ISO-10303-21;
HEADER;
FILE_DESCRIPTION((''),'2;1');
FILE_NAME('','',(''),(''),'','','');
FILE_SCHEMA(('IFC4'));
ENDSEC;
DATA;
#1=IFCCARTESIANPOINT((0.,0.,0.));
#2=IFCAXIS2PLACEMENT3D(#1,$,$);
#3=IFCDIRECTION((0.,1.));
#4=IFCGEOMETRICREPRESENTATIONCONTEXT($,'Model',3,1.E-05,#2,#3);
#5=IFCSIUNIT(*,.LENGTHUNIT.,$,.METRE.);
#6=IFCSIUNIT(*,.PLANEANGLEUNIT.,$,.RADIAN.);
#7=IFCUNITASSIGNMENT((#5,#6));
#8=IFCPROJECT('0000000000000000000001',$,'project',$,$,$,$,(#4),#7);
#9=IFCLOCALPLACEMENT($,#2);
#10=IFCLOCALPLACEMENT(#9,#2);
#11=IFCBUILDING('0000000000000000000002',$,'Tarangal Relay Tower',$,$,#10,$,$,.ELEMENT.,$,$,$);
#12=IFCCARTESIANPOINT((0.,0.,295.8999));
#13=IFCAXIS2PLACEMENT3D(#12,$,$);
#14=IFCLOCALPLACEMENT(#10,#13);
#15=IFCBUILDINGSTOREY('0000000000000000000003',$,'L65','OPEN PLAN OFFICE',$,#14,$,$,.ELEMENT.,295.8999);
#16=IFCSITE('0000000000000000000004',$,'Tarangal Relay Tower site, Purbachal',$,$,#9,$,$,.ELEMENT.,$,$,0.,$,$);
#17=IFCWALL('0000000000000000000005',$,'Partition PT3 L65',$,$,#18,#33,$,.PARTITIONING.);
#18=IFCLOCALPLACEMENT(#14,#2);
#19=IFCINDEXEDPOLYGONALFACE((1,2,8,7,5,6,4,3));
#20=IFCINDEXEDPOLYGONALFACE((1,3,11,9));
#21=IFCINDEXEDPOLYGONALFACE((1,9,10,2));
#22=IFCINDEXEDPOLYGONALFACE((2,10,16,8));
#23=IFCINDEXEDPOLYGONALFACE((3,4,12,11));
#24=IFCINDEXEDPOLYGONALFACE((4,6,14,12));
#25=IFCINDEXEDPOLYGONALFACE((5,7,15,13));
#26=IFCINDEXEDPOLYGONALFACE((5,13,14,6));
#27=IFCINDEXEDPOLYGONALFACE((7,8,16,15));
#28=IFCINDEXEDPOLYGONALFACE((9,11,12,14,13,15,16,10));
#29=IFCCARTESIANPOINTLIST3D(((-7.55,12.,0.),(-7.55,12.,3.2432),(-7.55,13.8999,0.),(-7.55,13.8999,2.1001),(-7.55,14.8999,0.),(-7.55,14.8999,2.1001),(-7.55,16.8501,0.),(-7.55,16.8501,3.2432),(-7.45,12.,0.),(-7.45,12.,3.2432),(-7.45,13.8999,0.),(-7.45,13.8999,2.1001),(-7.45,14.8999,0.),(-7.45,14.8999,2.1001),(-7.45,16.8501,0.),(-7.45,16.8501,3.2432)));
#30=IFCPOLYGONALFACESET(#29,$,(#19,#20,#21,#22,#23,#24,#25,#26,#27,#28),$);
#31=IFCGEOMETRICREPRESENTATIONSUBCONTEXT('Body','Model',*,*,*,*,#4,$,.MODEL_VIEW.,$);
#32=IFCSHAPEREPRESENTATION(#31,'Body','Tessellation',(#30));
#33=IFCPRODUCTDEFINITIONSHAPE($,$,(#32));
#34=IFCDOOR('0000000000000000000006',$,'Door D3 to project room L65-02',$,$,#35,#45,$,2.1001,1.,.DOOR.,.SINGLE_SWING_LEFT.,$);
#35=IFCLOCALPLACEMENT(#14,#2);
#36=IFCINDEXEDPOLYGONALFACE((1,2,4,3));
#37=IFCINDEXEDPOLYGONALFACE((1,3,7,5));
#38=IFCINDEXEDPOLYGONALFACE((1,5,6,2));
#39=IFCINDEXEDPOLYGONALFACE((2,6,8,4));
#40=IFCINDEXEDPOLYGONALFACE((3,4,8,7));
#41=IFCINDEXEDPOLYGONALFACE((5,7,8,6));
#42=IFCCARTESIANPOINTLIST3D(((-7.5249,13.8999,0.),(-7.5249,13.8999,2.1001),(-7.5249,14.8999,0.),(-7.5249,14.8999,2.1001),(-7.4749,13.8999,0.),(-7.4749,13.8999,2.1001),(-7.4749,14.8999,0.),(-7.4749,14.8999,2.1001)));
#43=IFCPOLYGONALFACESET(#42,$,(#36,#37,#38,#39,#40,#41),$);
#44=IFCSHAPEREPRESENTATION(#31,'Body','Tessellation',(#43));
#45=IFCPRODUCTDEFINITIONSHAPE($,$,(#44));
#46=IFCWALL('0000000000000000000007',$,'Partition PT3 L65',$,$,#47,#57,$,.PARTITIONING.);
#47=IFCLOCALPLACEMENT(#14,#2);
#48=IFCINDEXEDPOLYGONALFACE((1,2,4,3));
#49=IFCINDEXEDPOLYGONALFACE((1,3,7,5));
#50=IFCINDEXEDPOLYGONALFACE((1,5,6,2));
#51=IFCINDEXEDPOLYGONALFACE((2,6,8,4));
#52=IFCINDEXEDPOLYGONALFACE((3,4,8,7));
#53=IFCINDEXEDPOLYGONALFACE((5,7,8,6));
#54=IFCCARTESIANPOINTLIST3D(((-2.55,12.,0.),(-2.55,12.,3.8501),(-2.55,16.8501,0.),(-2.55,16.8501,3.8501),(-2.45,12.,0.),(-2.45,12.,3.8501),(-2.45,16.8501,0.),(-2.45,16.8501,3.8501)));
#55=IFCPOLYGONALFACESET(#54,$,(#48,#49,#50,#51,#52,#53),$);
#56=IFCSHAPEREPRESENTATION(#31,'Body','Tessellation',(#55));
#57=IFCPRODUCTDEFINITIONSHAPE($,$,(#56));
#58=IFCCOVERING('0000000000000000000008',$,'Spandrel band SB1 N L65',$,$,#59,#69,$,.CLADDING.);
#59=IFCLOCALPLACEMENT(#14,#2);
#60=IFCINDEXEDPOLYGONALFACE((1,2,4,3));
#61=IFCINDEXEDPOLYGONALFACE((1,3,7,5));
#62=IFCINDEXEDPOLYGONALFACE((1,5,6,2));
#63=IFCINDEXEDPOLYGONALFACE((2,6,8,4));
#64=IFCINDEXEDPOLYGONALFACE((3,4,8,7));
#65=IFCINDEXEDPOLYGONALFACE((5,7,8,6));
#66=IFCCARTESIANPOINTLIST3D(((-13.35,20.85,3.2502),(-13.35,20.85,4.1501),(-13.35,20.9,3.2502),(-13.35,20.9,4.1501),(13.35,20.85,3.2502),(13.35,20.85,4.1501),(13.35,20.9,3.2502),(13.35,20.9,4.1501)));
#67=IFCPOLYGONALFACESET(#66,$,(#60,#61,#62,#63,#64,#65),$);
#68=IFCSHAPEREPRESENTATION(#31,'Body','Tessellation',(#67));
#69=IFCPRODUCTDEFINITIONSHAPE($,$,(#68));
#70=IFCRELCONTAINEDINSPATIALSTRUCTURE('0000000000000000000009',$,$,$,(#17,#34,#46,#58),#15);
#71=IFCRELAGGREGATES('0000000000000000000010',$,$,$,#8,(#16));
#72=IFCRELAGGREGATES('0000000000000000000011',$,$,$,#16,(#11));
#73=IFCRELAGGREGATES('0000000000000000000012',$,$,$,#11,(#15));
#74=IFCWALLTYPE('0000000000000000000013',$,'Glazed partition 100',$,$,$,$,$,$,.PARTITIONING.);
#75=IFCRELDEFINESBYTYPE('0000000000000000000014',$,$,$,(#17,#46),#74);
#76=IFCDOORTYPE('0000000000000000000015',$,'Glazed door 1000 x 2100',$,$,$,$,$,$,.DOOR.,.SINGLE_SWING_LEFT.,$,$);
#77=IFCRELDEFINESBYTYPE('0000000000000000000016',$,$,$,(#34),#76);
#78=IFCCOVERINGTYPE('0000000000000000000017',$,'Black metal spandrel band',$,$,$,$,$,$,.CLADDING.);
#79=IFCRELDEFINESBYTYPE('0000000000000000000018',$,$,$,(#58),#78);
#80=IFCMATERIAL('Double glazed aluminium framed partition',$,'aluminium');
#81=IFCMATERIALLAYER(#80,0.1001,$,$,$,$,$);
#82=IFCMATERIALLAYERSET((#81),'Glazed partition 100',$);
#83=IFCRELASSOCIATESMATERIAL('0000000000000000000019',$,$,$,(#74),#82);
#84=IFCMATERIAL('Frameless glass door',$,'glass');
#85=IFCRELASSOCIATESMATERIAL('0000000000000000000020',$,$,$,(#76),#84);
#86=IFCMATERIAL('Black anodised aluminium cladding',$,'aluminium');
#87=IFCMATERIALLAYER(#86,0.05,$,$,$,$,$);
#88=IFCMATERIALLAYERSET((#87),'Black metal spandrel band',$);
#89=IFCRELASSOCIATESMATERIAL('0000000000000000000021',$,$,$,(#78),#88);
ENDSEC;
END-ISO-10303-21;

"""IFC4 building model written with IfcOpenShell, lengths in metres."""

from ifc_helpers import new_model, si_unit, direction, frame, frame_2d, origin, origin_2d, place, context, subcontext, project, spatial, rectangle, extrude, material, layer, layer_set, type_object, element, fill, save


model = new_model("IFC4")

# Units and contexts
model_context = context("Model", 3, precision=1e-05, world=origin(), true_north=direction((0.0, 1.0)))
body_context = subcontext(model_context, "Body", "Model", "MODEL_VIEW")
ifc_project = project(units=[si_unit("LENGTHUNIT", "METRE"), si_unit("PLANEANGLEUNIT", "RADIAN")], contexts=[model_context])

# Site, building, storey
site_placement = place(None, origin())
site = spatial("IfcSite", under=ifc_project, at=site_placement, Name="Tarangal Relay Tower site, Purbachal", CompositionType="ELEMENT", RefElevation=0.0)
building_placement = place(site_placement, origin())
building = spatial("IfcBuilding", under=site, at=building_placement, Name="Tarangal Relay Tower", CompositionType="ELEMENT")
storey_placement = place(building_placement, frame((0.0, 0.0, 295.8999)))
storey = spatial("IfcBuildingStorey", under=building, at=storey_placement, Name="L65", Description="OPEN PLAN OFFICE", CompositionType="ELEMENT", Elevation=295.8999)

# Shared definitions
ifc_material_1 = material(Name="Double glazed aluminium framed partition", Category="aluminium")
ifc_layer_1 = layer(ifc_material_1, 0.1001)
ifc_layer_set_1 = layer_set([ifc_layer_1], Name="Glazed partition 100")
wall_type = type_object("IfcWallType", Name="Glazed partition 100", PredefinedType="PARTITIONING", material=ifc_layer_set_1)

# Wall, opening, door
ifc_material_2 = material(Name="Frameless glass door", Category="glass")
door_type = type_object("IfcDoorType", Name="Glazed door 1000 x 2100", OperationType="SINGLE_SWING_LEFT", PredefinedType="DOOR", material=ifc_material_2)
wall_1_placement = place(storey_placement, frame((-7.5, 12.0, 0.0), z_axis=(0.0, 0.0, 1.0), x_axis=(0.0, 1.0, 0.0)))
wall_1 = element("IfcWall", 1, at=wall_1_placement, inside=storey, type_object=wall_type, Name="Partition PT3 L65", PredefinedType="PARTITIONING", context=body_context, shape_type="SweptSolid", body=[
    extrude(rectangle(XDim=4.8501, YDim=0.1001, at=frame_2d((2.425, 0.0))), origin(), (0.0, 0.0, 1.0), 3.2432),
])
opening_1_placement = place(wall_1_placement, frame((1.8999, 0.0, 0.0)))
opening_1 = element("IfcOpeningElement", 2, at=opening_1_placement, cuts=wall_1, PredefinedType="OPENING", context=body_context, shape_type="SweptSolid", body=[
    extrude(rectangle(XDim=1.0, YDim=2.1001, at=frame_2d((0.5, 1.05))), frame((0.0, 0.0601, 0.0), z_axis=(0.0, -1.0, 0.0), x_axis=(1.0, 0.0, 0.0)), (0.0, 0.0, 1.0), 0.1201),
])
door_1_placement = place(opening_1_placement, origin())
door_1 = element("IfcDoor", 3, at=door_1_placement, inside=storey, type_object=door_type, Name="Door D3 to project room L65-02", OperationType="SINGLE_SWING_LEFT", OverallHeight=2.1001, OverallWidth=1.0, PredefinedType="DOOR", context=body_context, shape_type="SweptSolid", body=[
    extrude(rectangle(XDim=1.0, YDim=2.1001, at=frame_2d((0.5, 1.05))), frame((0.0, 0.0249, 0.0), z_axis=(0.0, -1.0, 0.0), x_axis=(1.0, 0.0, 0.0)), (0.0, 0.0, 1.0), 0.05),
])
fill(opening_1, door_1)

# Wall
wall_2_placement = place(storey_placement, frame((-2.5, 12.0, 0.0), z_axis=(0.0, 0.0, 1.0), x_axis=(0.0, 1.0, 0.0)))
element("IfcWall", 4, at=wall_2_placement, inside=storey, type_object=wall_type, Name="Partition PT3 L65", PredefinedType="PARTITIONING", context=body_context, shape_type="SweptSolid", body=[
    extrude(rectangle(XDim=4.8501, YDim=0.1001, at=frame_2d((2.425, 0.0))), origin(), (0.0, 0.0, 1.0), 3.8501),
])

# Covering
ifc_material_3 = material(Name="Black anodised aluminium cladding", Category="aluminium")
ifc_layer_2 = layer(ifc_material_3, 0.05)
ifc_layer_set_2 = layer_set([ifc_layer_2], Name="Black metal spandrel band")
covering_type = type_object("IfcCoveringType", Name="Black metal spandrel band", PredefinedType="CLADDING", material=ifc_layer_set_2)
covering_placement = place(storey_placement, frame((0.0, 20.875, 3.2502), z_axis=(0.0, 0.0, 1.0), x_axis=(1.0, 0.0, 0.0)))
element("IfcCovering", 5, at=covering_placement, inside=storey, type_object=covering_type, Name="Spandrel band SB1 N L65", PredefinedType="CLADDING", context=body_context, shape_type="SweptSolid", body=[
    extrude(rectangle(XDim=26.7, YDim=0.05, at=origin_2d()), origin(), (0.0, 0.0, 1.0), 0.8999),
])

save(model, "model.ifc")
